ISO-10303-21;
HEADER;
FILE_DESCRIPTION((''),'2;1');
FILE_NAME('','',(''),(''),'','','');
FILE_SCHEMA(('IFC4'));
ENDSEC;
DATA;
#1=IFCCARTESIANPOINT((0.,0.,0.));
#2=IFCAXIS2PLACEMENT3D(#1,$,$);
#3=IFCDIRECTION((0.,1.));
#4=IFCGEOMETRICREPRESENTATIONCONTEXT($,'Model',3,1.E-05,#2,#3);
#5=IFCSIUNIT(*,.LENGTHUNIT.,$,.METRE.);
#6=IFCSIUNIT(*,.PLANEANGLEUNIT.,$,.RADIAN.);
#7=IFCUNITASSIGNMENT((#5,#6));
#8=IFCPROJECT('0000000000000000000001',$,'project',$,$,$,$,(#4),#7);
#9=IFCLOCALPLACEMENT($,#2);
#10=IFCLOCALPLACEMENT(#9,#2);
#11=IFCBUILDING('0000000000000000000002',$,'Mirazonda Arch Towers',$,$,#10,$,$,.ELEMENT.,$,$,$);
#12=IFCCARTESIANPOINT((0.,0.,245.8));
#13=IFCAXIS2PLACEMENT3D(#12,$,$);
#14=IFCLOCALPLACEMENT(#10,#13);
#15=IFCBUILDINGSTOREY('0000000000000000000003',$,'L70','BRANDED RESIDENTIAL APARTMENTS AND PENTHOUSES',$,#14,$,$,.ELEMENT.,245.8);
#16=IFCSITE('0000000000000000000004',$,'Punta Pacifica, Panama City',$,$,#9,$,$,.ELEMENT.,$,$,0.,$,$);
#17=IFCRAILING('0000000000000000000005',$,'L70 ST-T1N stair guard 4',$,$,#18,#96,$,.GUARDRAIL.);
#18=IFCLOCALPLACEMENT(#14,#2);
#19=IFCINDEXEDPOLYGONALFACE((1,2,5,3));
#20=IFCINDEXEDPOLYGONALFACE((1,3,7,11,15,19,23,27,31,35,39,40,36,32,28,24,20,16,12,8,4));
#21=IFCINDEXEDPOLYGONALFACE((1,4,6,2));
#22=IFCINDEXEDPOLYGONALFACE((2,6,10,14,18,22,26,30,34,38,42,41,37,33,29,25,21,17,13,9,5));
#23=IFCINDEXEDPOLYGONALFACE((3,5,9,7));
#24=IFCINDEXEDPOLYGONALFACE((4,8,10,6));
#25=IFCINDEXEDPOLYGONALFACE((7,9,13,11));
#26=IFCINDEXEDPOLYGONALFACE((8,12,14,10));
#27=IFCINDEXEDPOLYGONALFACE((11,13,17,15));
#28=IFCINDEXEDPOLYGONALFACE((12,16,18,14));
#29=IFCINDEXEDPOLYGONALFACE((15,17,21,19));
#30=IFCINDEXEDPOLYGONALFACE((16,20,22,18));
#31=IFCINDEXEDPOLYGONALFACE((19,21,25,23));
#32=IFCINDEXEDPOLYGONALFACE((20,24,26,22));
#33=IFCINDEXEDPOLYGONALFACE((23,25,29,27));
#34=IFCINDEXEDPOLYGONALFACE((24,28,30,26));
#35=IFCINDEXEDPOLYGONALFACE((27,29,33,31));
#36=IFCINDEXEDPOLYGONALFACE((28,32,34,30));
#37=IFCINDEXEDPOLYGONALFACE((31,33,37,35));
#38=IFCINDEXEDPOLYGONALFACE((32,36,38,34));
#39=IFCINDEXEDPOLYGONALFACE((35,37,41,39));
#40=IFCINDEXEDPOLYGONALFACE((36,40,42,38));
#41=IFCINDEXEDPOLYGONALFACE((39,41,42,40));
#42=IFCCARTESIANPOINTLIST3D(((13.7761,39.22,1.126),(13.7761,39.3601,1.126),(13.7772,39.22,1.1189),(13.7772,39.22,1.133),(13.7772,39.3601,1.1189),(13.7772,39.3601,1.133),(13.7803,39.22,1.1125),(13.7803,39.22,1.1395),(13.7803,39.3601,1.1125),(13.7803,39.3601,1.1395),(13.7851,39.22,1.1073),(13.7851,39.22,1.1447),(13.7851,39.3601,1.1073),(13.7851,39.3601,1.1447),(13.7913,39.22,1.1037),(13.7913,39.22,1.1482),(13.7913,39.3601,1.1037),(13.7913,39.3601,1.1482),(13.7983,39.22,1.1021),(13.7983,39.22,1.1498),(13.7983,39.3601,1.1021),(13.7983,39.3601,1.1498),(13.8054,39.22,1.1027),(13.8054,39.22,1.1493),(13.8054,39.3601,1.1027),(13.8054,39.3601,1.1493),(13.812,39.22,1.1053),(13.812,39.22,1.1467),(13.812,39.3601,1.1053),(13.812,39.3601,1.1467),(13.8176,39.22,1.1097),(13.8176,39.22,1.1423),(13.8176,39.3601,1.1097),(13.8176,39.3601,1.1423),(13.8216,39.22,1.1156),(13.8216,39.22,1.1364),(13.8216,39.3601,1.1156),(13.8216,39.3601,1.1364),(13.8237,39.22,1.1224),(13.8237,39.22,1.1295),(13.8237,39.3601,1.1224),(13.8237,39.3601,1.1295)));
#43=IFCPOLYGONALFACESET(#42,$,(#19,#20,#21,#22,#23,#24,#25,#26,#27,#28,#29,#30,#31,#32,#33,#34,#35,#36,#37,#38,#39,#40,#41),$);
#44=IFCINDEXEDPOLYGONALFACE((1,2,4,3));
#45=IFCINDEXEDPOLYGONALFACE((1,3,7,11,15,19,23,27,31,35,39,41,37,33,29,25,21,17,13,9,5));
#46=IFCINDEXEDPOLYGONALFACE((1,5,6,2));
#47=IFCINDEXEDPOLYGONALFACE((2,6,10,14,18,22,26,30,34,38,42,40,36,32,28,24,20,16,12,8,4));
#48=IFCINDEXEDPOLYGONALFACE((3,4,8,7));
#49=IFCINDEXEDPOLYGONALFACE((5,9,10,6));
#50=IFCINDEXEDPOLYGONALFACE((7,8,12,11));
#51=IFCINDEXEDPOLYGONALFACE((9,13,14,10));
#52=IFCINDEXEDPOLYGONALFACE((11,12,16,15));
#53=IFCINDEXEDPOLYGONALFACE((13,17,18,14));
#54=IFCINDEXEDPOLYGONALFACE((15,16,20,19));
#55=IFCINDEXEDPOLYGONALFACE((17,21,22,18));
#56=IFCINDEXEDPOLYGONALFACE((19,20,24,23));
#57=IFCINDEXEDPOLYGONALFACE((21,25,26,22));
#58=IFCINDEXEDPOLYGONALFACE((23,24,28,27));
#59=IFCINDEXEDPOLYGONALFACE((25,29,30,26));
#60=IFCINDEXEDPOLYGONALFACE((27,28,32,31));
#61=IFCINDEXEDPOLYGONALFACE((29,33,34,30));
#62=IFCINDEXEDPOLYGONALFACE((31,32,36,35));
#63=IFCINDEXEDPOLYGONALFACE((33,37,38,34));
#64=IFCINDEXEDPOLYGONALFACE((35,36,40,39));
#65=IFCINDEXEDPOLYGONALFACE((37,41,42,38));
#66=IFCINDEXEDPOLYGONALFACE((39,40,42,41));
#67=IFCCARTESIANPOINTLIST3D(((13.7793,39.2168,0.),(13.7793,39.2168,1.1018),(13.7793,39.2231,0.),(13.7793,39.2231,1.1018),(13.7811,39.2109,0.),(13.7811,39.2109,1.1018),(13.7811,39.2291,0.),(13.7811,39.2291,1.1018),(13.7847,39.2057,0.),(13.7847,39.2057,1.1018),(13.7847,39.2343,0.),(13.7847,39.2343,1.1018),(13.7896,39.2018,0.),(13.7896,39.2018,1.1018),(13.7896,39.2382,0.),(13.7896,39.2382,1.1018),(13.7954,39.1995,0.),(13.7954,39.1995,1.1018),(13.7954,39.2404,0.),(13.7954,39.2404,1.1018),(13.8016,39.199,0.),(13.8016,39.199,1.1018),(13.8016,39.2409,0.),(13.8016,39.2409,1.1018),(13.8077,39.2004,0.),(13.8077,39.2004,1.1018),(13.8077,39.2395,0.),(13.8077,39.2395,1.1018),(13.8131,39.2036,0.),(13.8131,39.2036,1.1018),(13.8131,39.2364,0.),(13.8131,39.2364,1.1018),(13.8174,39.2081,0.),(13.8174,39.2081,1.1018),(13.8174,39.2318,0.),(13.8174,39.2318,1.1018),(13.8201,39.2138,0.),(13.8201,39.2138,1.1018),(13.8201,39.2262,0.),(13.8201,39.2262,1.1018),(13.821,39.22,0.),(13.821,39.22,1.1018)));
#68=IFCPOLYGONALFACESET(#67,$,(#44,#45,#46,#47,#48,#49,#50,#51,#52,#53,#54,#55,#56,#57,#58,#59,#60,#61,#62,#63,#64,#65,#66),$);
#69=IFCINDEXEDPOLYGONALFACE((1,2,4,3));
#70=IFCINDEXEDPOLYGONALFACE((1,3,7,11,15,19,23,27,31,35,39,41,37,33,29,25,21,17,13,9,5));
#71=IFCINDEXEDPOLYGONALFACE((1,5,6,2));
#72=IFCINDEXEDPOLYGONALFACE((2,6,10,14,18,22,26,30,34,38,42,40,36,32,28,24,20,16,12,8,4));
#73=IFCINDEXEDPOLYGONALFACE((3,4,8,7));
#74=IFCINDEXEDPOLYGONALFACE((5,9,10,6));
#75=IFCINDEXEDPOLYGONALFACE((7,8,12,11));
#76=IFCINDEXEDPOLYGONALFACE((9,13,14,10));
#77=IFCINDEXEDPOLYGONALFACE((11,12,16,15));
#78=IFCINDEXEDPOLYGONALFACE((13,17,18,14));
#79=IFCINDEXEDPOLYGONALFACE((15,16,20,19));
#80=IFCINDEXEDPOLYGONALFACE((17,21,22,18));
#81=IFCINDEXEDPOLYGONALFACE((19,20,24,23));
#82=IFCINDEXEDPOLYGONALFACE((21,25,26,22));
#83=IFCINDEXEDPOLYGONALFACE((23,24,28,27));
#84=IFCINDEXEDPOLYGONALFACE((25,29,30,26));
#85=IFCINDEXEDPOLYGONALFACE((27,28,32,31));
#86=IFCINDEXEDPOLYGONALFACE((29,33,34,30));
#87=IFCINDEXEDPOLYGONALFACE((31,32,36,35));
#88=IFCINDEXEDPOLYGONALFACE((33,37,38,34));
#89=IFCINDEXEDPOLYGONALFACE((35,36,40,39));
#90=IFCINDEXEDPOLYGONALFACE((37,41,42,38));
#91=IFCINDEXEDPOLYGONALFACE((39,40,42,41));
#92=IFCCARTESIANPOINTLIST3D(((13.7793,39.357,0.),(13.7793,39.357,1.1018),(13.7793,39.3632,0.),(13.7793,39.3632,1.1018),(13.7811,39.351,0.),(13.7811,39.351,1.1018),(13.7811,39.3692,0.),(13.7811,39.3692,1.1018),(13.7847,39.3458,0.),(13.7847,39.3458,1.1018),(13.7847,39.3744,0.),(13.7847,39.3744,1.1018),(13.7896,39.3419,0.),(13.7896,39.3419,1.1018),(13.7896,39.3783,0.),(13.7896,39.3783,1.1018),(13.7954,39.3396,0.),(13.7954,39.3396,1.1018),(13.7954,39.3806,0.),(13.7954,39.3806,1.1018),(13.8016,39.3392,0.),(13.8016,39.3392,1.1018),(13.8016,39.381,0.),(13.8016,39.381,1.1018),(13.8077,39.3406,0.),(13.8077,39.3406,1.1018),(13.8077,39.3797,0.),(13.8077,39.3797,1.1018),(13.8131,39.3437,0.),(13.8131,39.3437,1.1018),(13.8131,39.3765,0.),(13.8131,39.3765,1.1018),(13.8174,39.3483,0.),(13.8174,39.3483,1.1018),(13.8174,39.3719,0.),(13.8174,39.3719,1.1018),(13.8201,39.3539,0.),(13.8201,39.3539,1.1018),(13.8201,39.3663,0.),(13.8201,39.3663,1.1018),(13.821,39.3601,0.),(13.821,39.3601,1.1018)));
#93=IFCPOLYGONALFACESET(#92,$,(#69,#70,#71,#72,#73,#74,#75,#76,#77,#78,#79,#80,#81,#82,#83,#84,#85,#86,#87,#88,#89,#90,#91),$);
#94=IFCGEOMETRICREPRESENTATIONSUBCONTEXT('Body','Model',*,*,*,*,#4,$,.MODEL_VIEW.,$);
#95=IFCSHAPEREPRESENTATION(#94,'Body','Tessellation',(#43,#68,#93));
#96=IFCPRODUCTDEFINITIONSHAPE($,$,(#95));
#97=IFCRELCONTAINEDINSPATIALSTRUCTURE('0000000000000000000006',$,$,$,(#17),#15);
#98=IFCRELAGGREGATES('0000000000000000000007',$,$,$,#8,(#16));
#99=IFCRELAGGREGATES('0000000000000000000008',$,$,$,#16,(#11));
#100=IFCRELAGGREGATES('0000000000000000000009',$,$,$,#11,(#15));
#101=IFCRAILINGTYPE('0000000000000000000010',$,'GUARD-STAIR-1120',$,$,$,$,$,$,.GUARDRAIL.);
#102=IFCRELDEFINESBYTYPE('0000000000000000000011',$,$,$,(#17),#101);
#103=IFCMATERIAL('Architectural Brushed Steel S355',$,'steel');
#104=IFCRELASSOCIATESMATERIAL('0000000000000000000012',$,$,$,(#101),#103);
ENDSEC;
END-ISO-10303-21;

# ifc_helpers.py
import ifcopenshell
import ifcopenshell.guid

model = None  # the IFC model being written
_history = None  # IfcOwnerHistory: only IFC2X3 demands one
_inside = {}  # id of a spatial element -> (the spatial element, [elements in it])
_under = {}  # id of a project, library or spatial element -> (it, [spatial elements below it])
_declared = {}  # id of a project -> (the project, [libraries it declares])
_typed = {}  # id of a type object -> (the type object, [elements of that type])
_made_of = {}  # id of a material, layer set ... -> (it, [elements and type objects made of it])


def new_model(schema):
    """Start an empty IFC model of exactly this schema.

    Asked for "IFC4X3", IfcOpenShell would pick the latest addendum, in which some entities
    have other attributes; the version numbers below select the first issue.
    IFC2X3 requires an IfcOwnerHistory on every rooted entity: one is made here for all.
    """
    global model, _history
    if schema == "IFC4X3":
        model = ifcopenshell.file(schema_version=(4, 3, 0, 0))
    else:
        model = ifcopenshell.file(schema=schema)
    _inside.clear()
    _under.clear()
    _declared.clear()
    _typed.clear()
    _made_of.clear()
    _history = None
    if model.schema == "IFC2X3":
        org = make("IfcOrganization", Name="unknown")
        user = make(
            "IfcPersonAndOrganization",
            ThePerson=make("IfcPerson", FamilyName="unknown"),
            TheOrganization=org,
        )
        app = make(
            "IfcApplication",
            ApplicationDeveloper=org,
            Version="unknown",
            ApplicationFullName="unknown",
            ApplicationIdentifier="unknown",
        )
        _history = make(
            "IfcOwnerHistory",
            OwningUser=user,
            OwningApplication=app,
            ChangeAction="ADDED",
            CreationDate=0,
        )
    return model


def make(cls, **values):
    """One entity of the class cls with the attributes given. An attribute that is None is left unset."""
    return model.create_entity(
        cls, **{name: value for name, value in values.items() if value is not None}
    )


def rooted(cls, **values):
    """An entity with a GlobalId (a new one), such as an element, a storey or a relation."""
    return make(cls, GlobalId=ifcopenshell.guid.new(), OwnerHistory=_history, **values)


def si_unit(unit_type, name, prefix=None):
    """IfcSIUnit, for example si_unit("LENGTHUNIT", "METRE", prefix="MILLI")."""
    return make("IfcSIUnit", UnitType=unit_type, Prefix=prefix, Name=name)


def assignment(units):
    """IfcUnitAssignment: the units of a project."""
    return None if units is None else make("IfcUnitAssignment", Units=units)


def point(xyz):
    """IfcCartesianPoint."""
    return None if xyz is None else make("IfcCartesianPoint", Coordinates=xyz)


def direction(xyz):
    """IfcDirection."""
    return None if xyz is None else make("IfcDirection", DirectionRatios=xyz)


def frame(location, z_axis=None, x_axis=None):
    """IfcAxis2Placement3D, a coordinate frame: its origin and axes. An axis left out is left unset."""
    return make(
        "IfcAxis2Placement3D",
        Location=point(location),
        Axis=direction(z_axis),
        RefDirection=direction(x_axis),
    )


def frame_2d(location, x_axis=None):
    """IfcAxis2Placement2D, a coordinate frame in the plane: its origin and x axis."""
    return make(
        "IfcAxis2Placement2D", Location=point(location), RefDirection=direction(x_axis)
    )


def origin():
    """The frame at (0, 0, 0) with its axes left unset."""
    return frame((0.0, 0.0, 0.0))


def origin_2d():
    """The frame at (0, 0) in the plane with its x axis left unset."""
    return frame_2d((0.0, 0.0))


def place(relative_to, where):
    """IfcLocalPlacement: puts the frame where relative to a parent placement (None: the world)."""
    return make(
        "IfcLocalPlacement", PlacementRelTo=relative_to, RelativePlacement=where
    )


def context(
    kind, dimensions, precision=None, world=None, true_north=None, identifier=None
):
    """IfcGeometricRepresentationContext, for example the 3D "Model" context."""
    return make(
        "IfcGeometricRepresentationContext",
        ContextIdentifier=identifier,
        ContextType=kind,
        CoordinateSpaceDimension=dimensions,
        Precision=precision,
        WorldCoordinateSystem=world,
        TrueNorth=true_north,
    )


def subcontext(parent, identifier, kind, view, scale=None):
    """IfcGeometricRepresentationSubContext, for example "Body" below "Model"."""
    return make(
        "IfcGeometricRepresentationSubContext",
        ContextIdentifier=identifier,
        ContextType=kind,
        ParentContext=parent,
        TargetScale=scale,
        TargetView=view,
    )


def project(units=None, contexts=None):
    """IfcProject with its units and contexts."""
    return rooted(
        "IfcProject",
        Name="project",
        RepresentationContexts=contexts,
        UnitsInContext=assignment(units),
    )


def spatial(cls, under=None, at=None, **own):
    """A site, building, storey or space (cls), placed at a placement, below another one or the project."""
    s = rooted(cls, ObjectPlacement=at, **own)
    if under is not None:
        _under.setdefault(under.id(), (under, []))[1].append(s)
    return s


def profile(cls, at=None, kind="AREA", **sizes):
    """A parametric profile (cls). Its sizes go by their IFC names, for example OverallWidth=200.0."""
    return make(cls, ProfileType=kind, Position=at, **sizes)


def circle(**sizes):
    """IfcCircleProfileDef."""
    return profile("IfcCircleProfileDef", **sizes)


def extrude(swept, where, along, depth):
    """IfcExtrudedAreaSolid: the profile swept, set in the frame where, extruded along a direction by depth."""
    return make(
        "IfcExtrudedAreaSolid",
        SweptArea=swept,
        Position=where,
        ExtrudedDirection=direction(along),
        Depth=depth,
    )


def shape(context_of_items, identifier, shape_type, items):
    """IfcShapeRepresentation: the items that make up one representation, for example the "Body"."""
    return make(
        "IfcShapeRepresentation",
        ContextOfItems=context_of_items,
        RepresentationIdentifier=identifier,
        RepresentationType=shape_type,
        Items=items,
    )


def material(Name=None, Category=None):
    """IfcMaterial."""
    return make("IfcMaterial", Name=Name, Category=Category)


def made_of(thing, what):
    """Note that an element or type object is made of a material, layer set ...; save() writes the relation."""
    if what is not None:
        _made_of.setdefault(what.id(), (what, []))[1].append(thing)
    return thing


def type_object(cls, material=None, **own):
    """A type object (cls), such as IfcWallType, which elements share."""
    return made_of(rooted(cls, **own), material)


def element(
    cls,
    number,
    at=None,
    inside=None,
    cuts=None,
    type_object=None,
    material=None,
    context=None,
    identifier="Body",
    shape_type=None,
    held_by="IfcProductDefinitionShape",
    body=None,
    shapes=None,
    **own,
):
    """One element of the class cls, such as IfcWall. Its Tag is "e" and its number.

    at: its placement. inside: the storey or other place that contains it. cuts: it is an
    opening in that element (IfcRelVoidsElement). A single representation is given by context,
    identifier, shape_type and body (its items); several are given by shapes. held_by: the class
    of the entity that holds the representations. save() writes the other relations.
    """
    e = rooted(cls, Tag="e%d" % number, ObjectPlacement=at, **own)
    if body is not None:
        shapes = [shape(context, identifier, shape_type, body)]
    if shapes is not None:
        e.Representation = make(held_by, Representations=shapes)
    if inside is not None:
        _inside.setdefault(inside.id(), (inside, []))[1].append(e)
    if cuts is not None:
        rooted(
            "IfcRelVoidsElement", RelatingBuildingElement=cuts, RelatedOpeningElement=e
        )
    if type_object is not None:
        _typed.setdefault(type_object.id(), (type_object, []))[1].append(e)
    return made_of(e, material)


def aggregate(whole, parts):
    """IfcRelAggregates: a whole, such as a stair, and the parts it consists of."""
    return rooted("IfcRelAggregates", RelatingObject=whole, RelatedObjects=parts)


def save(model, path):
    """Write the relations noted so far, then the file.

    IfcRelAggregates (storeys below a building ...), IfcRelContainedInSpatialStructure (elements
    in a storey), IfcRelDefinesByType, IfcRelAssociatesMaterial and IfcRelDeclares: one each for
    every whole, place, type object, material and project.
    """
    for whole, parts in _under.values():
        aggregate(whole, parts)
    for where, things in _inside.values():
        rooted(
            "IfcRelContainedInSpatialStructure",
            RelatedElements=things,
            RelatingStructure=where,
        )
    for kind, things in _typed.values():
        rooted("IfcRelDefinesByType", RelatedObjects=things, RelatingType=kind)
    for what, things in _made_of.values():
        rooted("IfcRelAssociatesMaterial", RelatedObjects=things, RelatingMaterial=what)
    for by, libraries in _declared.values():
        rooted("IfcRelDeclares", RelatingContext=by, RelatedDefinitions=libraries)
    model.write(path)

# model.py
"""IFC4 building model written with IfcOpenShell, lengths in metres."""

from ifc_helpers import new_model, si_unit, direction, frame, origin, origin_2d, place, context, subcontext, project, spatial, circle, extrude, material, type_object, element, save


model = new_model("IFC4")

# Units and contexts
model_context = context("Model", 3, precision=1e-05, world=origin(), true_north=direction((0.0, 1.0)))
body_context = subcontext(model_context, "Body", "Model", "MODEL_VIEW")
ifc_project = project(units=[si_unit("LENGTHUNIT", "METRE"), si_unit("PLANEANGLEUNIT", "RADIAN")], contexts=[model_context])

# Site, building, storey
site_placement = place(None, origin())
site = spatial("IfcSite", under=ifc_project, at=site_placement, Name="Punta Pacifica, Panama City", CompositionType="ELEMENT", RefElevation=0.0)
building_placement = place(site_placement, origin())
building = spatial("IfcBuilding", under=site, at=building_placement, Name="Mirazonda Arch Towers", CompositionType="ELEMENT")
storey_placement = place(building_placement, frame((0.0, 0.0, 245.8)))
storey = spatial("IfcBuildingStorey", under=building, at=storey_placement, Name="L70", Description="BRANDED RESIDENTIAL APARTMENTS AND PENTHOUSES", CompositionType="ELEMENT", Elevation=245.8)

# Shared definitions
ifc_material_1 = material(Name="Architectural Brushed Steel S355", Category="steel")

# Railing
railing_type_1 = type_object("IfcRailingType", Name="GUARD-STAIR-1120", PredefinedType="GUARDRAIL", material=ifc_material_1)
railing_1_placement = place(storey_placement, frame((13.8, 39.22, 0.0)))
element("IfcRailing", 1, at=railing_1_placement, inside=storey, type_object=railing_type_1, Name="L70 ST-T1N stair guard 4", PredefinedType="GUARDRAIL", context=body_context, shape_type="SweptSolid", body=[
    extrude(circle(Radius=0.0239, at=origin_2d()), frame((0.0, 0.0, 1.126), z_axis=(0.0, 1.0, 0.0), x_axis=(-1.0, 0.0, 0.0)), (0.0, 0.0, 1.0), 0.1401),
    extrude(circle(Radius=0.021, at=origin_2d()), origin(), (0.0, 0.0, 1.0), 1.1018),
    extrude(circle(Radius=0.021, at=origin_2d()), frame((0.0, 0.1401, 0.0)), (0.0, 0.0, 1.0), 1.1018),
])

save(model, "model.ifc")
